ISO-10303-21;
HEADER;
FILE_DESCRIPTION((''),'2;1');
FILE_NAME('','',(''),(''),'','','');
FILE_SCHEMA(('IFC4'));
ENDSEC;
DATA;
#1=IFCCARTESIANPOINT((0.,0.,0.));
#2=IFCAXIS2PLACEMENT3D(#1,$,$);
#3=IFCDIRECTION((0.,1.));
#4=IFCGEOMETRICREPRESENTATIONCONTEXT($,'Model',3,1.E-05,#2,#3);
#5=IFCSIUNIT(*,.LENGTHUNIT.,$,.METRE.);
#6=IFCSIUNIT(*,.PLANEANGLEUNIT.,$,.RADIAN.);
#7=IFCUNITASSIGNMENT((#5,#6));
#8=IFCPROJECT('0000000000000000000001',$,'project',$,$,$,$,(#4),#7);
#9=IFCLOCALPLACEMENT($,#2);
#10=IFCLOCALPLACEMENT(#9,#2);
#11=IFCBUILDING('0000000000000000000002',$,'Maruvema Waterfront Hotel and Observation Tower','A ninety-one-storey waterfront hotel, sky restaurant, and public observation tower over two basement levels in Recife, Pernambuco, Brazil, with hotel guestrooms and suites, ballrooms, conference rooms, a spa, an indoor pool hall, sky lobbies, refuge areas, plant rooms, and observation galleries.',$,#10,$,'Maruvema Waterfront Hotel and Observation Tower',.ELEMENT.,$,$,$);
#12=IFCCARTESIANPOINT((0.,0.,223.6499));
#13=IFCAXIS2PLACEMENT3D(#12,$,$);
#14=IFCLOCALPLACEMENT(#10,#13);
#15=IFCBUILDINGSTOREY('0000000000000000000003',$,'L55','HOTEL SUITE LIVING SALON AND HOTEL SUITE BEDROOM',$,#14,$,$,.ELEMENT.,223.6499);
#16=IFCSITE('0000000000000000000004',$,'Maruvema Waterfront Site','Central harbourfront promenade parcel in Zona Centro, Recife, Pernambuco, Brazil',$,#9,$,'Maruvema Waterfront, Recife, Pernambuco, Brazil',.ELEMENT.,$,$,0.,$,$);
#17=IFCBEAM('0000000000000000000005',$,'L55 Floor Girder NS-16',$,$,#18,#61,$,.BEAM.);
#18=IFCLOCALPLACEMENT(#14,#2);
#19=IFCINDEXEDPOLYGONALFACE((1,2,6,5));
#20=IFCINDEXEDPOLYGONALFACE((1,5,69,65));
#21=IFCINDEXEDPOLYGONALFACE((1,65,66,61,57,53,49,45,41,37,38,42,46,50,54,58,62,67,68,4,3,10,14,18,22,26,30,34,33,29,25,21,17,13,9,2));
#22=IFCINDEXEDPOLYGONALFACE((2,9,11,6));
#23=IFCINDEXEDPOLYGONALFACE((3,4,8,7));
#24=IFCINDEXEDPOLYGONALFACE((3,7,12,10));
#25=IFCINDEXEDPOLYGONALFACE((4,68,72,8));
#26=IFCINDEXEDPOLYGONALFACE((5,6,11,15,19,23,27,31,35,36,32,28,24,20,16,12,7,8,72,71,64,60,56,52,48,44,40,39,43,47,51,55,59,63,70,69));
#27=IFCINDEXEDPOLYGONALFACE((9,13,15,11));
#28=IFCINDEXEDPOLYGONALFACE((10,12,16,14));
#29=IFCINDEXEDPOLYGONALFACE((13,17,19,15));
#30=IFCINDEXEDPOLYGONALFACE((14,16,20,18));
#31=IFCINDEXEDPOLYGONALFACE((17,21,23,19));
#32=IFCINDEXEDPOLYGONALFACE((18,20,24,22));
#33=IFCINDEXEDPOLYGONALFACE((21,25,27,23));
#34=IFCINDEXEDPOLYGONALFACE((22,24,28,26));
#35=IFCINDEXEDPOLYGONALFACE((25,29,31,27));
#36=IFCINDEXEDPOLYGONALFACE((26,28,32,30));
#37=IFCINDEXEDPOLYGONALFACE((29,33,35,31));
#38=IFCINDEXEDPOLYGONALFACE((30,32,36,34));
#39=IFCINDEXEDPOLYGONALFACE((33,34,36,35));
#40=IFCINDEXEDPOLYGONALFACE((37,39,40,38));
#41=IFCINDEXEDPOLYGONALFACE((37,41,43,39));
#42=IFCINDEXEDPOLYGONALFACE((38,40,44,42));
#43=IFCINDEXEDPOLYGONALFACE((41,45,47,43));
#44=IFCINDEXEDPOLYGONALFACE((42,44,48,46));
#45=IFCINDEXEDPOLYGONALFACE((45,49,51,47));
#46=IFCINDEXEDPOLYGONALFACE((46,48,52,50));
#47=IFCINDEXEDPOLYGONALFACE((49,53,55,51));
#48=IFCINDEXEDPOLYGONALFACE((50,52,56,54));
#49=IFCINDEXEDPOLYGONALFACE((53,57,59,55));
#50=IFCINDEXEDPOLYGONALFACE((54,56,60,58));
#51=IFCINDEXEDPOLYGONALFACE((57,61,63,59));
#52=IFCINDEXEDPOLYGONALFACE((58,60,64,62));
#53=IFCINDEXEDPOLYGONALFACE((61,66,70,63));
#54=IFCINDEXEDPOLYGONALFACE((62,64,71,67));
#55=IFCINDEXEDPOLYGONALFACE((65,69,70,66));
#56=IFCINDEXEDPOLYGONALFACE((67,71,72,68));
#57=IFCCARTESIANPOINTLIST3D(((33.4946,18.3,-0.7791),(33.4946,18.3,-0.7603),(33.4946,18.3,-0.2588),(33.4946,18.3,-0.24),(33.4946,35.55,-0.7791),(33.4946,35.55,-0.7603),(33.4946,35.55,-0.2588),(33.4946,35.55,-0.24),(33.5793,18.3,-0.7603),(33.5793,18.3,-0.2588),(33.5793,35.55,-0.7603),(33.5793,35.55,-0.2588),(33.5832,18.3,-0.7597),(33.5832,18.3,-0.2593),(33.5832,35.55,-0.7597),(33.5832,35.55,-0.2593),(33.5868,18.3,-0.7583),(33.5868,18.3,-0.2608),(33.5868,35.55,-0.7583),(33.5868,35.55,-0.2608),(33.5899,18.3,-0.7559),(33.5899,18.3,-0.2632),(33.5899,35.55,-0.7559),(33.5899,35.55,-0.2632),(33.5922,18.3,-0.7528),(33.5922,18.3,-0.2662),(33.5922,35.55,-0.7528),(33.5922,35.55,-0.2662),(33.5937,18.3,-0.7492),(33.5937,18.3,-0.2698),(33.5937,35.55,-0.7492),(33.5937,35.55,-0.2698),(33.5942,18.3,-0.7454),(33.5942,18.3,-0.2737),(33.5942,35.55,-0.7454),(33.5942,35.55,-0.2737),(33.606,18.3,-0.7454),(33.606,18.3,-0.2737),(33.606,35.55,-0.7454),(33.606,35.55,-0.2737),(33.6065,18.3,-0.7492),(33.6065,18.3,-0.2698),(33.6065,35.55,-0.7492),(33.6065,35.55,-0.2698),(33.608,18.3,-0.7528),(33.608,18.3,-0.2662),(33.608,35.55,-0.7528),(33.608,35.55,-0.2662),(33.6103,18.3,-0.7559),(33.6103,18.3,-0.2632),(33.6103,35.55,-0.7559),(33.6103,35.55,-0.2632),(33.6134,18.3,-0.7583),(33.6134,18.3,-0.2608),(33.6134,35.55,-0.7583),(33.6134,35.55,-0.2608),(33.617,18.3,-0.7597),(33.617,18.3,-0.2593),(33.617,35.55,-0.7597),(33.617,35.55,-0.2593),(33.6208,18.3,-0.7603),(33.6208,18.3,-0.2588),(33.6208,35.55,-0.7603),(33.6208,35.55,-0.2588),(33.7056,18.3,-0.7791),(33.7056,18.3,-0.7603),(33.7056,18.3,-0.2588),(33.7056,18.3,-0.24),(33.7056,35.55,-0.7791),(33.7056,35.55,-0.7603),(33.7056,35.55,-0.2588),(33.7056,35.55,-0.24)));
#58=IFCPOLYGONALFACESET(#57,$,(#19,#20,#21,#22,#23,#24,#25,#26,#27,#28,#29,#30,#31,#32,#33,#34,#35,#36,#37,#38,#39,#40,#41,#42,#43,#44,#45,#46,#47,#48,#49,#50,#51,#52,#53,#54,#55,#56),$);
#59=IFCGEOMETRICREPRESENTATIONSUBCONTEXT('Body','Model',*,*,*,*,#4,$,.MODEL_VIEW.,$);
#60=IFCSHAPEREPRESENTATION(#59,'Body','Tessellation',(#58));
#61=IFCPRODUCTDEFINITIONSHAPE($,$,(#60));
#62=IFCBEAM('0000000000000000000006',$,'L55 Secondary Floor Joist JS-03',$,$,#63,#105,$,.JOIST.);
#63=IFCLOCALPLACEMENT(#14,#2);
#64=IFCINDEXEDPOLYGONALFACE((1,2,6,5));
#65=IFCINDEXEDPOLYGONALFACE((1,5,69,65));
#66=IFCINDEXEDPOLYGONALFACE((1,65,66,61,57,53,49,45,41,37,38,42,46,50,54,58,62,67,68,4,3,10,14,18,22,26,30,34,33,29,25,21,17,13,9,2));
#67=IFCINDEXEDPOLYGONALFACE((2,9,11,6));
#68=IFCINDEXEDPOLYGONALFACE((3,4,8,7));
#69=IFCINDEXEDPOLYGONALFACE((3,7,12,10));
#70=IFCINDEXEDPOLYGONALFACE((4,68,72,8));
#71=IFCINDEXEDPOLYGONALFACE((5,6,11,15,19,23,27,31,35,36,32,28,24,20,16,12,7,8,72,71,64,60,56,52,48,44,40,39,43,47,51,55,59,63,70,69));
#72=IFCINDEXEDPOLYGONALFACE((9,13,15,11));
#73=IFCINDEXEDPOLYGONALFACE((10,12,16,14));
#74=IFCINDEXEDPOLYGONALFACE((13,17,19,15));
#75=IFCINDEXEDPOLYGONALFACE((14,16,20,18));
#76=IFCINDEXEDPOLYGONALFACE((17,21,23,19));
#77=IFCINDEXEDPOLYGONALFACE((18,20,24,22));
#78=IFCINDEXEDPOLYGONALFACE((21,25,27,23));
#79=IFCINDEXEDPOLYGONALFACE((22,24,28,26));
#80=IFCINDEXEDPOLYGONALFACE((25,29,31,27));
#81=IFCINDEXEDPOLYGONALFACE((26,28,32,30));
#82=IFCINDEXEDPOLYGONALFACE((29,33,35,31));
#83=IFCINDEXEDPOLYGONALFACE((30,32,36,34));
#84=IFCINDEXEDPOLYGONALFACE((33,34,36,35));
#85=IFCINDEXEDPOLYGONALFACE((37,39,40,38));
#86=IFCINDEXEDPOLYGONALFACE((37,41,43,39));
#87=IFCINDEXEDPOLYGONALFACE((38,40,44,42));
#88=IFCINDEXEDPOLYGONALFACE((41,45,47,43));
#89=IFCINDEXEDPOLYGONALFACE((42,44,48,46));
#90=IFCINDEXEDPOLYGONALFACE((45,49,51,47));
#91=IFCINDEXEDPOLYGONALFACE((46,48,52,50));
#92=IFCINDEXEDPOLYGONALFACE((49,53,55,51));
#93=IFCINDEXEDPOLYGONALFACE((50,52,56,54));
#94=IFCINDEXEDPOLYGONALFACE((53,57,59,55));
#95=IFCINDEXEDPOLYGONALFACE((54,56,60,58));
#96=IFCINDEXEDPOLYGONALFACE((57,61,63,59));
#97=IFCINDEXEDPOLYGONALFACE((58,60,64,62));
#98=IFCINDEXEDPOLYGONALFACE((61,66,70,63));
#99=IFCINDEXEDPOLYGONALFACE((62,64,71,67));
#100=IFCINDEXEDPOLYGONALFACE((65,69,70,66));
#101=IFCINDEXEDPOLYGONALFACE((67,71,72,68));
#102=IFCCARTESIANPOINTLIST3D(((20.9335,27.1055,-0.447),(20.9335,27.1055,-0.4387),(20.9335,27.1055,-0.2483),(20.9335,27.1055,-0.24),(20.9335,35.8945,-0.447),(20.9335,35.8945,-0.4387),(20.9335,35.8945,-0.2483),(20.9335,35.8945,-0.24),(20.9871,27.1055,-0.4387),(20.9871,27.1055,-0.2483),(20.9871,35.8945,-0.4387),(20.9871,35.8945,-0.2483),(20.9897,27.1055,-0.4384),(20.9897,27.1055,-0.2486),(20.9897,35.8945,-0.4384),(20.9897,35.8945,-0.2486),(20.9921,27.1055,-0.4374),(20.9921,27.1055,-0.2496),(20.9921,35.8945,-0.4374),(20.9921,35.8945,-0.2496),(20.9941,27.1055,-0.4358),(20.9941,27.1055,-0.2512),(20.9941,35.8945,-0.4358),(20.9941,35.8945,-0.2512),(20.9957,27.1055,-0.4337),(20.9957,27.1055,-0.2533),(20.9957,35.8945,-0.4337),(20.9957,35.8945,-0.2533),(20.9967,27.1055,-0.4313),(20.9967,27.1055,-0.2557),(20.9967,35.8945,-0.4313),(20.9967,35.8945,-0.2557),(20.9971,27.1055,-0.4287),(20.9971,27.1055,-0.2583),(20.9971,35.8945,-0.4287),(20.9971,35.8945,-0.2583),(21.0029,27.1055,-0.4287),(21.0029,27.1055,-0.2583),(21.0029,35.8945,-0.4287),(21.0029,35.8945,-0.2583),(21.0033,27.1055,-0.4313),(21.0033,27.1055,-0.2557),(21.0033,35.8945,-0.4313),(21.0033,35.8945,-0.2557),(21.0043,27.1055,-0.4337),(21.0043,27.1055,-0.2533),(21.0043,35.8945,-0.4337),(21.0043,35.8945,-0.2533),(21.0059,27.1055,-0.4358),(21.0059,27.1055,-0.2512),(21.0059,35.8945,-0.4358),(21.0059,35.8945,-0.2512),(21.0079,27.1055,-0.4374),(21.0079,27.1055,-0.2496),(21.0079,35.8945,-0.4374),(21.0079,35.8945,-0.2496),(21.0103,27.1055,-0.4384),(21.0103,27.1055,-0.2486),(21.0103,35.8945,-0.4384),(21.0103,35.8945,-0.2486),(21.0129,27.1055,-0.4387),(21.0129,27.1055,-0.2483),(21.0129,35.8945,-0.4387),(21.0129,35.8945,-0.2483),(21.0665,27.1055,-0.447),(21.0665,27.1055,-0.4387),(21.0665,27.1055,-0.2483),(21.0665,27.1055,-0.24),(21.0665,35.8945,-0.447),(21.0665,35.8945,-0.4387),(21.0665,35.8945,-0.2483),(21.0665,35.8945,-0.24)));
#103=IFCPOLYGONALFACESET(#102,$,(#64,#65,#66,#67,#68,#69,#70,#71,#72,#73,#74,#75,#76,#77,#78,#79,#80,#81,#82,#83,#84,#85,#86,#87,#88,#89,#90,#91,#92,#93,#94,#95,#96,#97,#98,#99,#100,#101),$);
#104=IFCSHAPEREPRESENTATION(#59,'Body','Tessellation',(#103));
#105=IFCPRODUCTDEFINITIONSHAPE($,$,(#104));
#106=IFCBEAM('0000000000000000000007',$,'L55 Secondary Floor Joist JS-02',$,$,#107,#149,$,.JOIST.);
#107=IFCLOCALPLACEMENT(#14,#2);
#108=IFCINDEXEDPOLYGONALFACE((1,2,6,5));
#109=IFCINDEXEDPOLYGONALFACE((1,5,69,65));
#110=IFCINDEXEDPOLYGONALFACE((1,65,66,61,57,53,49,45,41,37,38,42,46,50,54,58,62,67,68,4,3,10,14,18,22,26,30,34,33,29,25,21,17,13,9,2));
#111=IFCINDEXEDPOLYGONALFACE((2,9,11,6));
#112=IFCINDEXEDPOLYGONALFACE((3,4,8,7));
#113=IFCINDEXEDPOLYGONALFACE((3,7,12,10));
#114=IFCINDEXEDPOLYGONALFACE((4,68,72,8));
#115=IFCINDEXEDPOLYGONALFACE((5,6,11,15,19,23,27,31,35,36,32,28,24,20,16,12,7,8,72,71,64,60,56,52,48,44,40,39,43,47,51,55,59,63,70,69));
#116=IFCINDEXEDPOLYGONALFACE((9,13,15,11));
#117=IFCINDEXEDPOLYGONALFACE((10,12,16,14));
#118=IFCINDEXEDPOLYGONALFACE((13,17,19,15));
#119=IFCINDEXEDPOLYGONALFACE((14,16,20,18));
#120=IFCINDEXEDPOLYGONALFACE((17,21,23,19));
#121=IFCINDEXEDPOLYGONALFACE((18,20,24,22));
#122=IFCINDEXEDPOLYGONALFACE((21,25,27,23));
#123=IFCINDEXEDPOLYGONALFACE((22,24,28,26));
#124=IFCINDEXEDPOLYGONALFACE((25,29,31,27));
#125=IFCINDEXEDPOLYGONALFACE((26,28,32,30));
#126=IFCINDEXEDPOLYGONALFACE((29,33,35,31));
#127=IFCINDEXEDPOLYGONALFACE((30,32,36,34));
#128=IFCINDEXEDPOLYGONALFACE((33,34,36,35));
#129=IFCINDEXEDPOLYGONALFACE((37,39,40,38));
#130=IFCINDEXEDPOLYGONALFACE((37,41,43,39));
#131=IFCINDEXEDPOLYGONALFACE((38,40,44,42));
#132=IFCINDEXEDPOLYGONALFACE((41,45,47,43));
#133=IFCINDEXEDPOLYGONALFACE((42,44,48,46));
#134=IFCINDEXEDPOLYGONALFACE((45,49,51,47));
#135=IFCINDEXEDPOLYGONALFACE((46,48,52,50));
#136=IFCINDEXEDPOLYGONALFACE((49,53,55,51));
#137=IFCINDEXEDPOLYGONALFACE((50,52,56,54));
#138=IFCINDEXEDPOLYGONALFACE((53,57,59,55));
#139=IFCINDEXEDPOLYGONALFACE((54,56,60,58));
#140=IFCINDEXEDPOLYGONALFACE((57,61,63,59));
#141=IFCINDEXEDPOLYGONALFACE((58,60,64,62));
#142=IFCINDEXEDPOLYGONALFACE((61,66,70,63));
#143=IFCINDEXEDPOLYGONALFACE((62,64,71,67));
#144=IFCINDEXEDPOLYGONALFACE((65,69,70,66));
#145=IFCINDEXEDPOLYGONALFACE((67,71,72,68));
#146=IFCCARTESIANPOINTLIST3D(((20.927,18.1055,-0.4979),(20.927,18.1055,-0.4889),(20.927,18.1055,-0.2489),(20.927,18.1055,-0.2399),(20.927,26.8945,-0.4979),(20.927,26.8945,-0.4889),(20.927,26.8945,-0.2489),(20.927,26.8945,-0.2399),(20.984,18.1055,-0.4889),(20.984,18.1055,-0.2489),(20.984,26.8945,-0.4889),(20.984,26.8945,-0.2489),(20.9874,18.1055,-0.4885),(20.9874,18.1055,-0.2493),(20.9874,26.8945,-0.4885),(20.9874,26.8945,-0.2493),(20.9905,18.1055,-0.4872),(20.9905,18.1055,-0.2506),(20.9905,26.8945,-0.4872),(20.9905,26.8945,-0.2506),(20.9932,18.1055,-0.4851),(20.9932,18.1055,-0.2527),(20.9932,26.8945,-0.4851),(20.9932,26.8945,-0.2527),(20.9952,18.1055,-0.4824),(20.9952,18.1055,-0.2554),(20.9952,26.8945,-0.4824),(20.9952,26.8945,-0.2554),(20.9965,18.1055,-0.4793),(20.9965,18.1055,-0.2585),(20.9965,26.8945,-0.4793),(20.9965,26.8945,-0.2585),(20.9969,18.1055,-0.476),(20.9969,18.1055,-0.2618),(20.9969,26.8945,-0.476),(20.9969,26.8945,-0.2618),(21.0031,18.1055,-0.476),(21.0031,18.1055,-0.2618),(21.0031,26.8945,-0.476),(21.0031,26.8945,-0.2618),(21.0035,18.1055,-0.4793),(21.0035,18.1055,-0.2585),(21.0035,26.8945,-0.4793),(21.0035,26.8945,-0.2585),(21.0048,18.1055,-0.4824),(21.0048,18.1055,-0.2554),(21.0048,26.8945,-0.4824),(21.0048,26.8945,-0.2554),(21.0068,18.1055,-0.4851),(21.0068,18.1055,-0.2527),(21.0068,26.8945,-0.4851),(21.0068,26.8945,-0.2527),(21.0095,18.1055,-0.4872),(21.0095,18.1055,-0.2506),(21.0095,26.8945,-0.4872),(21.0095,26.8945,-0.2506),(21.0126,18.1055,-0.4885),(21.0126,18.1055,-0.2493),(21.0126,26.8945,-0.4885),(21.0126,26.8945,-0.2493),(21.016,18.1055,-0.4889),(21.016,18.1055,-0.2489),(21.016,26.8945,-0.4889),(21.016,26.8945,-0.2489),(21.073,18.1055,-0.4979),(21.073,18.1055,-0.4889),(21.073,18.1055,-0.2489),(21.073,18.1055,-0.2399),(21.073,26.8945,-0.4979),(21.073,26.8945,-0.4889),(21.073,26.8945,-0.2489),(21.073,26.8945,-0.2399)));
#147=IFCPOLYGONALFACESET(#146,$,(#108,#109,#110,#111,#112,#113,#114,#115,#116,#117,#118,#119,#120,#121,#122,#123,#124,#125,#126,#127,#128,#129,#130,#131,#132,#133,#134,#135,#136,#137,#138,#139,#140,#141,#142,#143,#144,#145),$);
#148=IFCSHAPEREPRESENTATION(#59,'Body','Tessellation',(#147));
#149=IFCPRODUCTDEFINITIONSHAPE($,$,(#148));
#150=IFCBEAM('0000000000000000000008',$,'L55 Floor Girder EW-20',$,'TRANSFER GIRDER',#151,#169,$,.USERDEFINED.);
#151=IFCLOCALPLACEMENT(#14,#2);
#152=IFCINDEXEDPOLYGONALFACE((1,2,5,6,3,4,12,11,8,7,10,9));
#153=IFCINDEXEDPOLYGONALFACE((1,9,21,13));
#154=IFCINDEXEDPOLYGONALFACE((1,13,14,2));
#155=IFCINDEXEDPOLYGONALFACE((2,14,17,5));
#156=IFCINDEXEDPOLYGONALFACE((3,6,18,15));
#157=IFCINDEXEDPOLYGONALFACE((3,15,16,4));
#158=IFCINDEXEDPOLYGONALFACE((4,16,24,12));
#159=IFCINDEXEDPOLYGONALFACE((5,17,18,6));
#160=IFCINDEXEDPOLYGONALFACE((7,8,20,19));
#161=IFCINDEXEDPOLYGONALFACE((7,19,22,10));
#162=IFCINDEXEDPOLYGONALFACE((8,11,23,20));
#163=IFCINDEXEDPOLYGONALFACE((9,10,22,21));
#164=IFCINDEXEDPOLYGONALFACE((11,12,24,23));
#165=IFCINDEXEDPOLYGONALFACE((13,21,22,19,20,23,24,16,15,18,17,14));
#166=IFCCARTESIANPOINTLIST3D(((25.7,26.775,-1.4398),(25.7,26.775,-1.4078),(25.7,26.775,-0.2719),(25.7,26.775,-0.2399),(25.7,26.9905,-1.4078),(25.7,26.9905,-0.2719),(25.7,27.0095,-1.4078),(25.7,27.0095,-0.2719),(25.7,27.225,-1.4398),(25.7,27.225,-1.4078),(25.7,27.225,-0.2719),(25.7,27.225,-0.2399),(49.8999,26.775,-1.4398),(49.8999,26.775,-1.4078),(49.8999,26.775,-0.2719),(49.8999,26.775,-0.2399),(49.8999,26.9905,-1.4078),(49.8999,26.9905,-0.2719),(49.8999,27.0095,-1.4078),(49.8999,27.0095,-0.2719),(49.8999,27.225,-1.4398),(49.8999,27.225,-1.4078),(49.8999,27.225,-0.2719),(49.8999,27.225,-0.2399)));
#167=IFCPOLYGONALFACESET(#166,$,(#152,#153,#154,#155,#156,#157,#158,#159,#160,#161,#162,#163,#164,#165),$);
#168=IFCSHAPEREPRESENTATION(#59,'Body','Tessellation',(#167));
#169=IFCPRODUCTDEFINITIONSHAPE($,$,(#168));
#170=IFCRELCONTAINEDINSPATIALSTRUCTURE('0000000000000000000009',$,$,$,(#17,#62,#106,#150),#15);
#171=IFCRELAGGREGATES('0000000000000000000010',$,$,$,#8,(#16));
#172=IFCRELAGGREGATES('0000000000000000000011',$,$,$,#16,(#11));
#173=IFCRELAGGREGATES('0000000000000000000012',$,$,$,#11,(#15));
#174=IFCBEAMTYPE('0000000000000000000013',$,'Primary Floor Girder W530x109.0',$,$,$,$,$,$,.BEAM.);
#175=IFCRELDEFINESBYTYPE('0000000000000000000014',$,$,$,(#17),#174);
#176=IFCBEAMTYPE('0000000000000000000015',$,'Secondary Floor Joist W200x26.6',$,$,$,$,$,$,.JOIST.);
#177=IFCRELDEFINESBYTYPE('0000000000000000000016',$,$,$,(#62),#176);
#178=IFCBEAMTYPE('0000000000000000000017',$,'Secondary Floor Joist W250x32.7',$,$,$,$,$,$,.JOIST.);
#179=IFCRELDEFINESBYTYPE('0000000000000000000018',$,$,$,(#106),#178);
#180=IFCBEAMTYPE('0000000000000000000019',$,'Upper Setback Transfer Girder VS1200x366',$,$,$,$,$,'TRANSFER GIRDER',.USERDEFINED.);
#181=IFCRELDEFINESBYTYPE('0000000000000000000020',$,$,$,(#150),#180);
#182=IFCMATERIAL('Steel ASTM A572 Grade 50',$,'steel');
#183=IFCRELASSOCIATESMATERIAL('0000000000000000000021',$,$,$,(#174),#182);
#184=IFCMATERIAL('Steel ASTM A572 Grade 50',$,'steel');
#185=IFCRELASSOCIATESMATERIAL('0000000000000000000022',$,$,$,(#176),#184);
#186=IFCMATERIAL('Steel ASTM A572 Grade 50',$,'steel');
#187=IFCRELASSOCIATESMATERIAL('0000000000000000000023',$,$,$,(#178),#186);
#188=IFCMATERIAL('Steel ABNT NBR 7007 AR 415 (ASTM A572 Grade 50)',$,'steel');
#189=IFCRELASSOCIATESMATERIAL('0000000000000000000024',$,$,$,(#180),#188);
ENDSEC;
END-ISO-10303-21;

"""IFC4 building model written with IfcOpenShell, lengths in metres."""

from ifc_helpers import new_model, si_unit, direction, frame, origin, origin_2d, place, context, subcontext, project, spatial, i_section, extrude, material, material_profile, profile_set, type_object, element, save


model = new_model("IFC4")

# Units and contexts
model_context = context("Model", 3, precision=1e-05, world=origin(), true_north=direction((0.0, 1.0)))
body_context = subcontext(model_context, "Body", "Model", "MODEL_VIEW")
ifc_project = project(units=[si_unit("LENGTHUNIT", "METRE"), si_unit("PLANEANGLEUNIT", "RADIAN")], contexts=[model_context])

# Site, building, storey
site_placement = place(None, origin())
site = spatial("IfcSite", under=ifc_project, at=site_placement, Name="Maruvema Waterfront Site", Description="Central harbourfront promenade parcel in Zona Centro, Recife, Pernambuco, Brazil", LongName="Maruvema Waterfront, Recife, Pernambuco, Brazil", CompositionType="ELEMENT", RefElevation=0.0)
building_placement = place(site_placement, origin())
building = spatial("IfcBuilding", under=site, at=building_placement, Name="Maruvema Waterfront Hotel and Observation Tower", Description="A ninety-one-storey waterfront hotel, sky restaurant, and public observation tower over two basement levels in Recife, Pernambuco, Brazil, with hotel guestrooms and suites, ballrooms, conference rooms, a spa, an indoor pool hall, sky lobbies, refuge areas, plant rooms, and observation galleries.", LongName="Maruvema Waterfront Hotel and Observation Tower", CompositionType="ELEMENT")
storey_placement = place(building_placement, frame((0.0, 0.0, 223.6499)))
storey = spatial("IfcBuildingStorey", under=building, at=storey_placement, Name="L55", Description="HOTEL SUITE LIVING SALON AND HOTEL SUITE BEDROOM", CompositionType="ELEMENT", Elevation=223.6499)

# Beams
ifc_material_1 = material(Name="Steel ASTM A572 Grade 50", Category="steel")
ifc_material_profile_1 = material_profile(ifc_material_1, i_section(OverallWidth=0.2109, OverallDepth=0.5391, WebThickness=0.0117, FlangeThickness=0.0188, FilletRadius=0.0149, at=origin_2d()), Name="W530x109.0")
ifc_profile_set_1 = profile_set([ifc_material_profile_1], Name="Steel ASTM A572 Grade 50")
beam_type_1 = type_object("IfcBeamType", Name="Primary Floor Girder W530x109.0", PredefinedType="BEAM", material=ifc_profile_set_1)
beam_1_placement = place(storey_placement, frame((33.6001, 18.3, -0.5095), z_axis=(0.0, 1.0, 0.0), x_axis=(-1.0, 0.0, 0.0)))
element("IfcBeam", 1, at=beam_1_placement, inside=storey, type_object=beam_type_1, Name="L55 Floor Girder NS-16", PredefinedType="BEAM", context=body_context, shape_type="SweptSolid", body=[
    extrude(i_section(OverallWidth=0.2109, OverallDepth=0.5391, WebThickness=0.0117, FlangeThickness=0.0188, FilletRadius=0.0149, at=origin_2d()), origin(), (0.0, 0.0, 1.0), 17.25),
])
ifc_material_2 = material(Name="Steel ASTM A572 Grade 50", Category="steel")
ifc_material_profile_2 = material_profile(ifc_material_2, i_section(OverallWidth=0.1331, OverallDepth=0.207, WebThickness=0.0059, FlangeThickness=0.0083, FilletRadius=0.01, at=origin_2d()), Name="W200x26.6")
ifc_profile_set_2 = profile_set([ifc_material_profile_2], Name="Steel ASTM A572 Grade 50")
beam_type_2 = type_object("IfcBeamType", Name="Secondary Floor Joist W200x26.6", PredefinedType="JOIST", material=ifc_profile_set_2)
beam_2_placement = place(storey_placement, frame((21.0, 27.1055, -0.3435), z_axis=(0.0, 1.0, 0.0), x_axis=(-1.0, 0.0, 0.0)))
element("IfcBeam", 2, at=beam_2_placement, inside=storey, type_object=beam_type_2, Name="L55 Secondary Floor Joist JS-03", PredefinedType="JOIST", context=body_context, shape_type="SweptSolid", body=[
    extrude(i_section(OverallWidth=0.1331, OverallDepth=0.207, WebThickness=0.0059, FlangeThickness=0.0083, FilletRadius=0.01, at=origin_2d()), origin(), (0.0, 0.0, 1.0), 8.7891),
])
ifc_material_3 = material(Name="Steel ASTM A572 Grade 50", Category="steel")
ifc_material_profile_3 = material_profile(ifc_material_3, i_section(OverallWidth=0.146, OverallDepth=0.2581, WebThickness=0.0061, FlangeThickness=0.009, FilletRadius=0.0129, at=origin_2d()), Name="W250x32.7")
ifc_profile_set_3 = profile_set([ifc_material_profile_3], Name="Steel ASTM A572 Grade 50")
beam_type_3 = type_object("IfcBeamType", Name="Secondary Floor Joist W250x32.7", PredefinedType="JOIST", material=ifc_profile_set_3)
beam_3_placement = place(storey_placement, frame((21.0, 18.1055, -0.3689), z_axis=(0.0, 1.0, 0.0), x_axis=(-1.0, 0.0, 0.0)))
element("IfcBeam", 3, at=beam_3_placement, inside=storey, type_object=beam_type_3, Name="L55 Secondary Floor Joist JS-02", PredefinedType="JOIST", context=body_context, shape_type="SweptSolid", body=[
    extrude(i_section(OverallWidth=0.146, OverallDepth=0.2581, WebThickness=0.0061, FlangeThickness=0.009, FilletRadius=0.0129, at=origin_2d()), origin(), (0.0, 0.0, 1.0), 8.7891),
])
ifc_material_4 = material(Name="Steel ABNT NBR 7007 AR 415 (ASTM A572 Grade 50)", Category="steel")
ifc_material_profile_4 = material_profile(ifc_material_4, i_section(OverallWidth=0.45, OverallDepth=1.2, WebThickness=0.019, FlangeThickness=0.032, at=origin_2d()), Name="VS1200x366")
ifc_profile_set_4 = profile_set([ifc_material_profile_4], Name="Steel ABNT NBR 7007 AR 415 (ASTM A572 Grade 50)")
beam_type_4 = type_object("IfcBeamType", Name="Upper Setback Transfer Girder VS1200x366", ElementType="TRANSFER GIRDER", PredefinedType="USERDEFINED", material=ifc_profile_set_4)
beam_4_placement = place(storey_placement, frame((25.7, 27.0, -0.8398), z_axis=(1.0, 0.0, 0.0), x_axis=(0.0, 1.0, 0.0)))
element("IfcBeam", 4, at=beam_4_placement, inside=storey, type_object=beam_type_4, Name="L55 Floor Girder EW-20", ObjectType="TRANSFER GIRDER", PredefinedType="USERDEFINED", context=body_context, shape_type="SweptSolid", body=[
    extrude(i_section(OverallWidth=0.45, OverallDepth=1.2, WebThickness=0.019, FlangeThickness=0.032, at=origin_2d()), origin(), (0.0, 0.0, 1.0), 24.2),
])

save(model, "model.ifc")
